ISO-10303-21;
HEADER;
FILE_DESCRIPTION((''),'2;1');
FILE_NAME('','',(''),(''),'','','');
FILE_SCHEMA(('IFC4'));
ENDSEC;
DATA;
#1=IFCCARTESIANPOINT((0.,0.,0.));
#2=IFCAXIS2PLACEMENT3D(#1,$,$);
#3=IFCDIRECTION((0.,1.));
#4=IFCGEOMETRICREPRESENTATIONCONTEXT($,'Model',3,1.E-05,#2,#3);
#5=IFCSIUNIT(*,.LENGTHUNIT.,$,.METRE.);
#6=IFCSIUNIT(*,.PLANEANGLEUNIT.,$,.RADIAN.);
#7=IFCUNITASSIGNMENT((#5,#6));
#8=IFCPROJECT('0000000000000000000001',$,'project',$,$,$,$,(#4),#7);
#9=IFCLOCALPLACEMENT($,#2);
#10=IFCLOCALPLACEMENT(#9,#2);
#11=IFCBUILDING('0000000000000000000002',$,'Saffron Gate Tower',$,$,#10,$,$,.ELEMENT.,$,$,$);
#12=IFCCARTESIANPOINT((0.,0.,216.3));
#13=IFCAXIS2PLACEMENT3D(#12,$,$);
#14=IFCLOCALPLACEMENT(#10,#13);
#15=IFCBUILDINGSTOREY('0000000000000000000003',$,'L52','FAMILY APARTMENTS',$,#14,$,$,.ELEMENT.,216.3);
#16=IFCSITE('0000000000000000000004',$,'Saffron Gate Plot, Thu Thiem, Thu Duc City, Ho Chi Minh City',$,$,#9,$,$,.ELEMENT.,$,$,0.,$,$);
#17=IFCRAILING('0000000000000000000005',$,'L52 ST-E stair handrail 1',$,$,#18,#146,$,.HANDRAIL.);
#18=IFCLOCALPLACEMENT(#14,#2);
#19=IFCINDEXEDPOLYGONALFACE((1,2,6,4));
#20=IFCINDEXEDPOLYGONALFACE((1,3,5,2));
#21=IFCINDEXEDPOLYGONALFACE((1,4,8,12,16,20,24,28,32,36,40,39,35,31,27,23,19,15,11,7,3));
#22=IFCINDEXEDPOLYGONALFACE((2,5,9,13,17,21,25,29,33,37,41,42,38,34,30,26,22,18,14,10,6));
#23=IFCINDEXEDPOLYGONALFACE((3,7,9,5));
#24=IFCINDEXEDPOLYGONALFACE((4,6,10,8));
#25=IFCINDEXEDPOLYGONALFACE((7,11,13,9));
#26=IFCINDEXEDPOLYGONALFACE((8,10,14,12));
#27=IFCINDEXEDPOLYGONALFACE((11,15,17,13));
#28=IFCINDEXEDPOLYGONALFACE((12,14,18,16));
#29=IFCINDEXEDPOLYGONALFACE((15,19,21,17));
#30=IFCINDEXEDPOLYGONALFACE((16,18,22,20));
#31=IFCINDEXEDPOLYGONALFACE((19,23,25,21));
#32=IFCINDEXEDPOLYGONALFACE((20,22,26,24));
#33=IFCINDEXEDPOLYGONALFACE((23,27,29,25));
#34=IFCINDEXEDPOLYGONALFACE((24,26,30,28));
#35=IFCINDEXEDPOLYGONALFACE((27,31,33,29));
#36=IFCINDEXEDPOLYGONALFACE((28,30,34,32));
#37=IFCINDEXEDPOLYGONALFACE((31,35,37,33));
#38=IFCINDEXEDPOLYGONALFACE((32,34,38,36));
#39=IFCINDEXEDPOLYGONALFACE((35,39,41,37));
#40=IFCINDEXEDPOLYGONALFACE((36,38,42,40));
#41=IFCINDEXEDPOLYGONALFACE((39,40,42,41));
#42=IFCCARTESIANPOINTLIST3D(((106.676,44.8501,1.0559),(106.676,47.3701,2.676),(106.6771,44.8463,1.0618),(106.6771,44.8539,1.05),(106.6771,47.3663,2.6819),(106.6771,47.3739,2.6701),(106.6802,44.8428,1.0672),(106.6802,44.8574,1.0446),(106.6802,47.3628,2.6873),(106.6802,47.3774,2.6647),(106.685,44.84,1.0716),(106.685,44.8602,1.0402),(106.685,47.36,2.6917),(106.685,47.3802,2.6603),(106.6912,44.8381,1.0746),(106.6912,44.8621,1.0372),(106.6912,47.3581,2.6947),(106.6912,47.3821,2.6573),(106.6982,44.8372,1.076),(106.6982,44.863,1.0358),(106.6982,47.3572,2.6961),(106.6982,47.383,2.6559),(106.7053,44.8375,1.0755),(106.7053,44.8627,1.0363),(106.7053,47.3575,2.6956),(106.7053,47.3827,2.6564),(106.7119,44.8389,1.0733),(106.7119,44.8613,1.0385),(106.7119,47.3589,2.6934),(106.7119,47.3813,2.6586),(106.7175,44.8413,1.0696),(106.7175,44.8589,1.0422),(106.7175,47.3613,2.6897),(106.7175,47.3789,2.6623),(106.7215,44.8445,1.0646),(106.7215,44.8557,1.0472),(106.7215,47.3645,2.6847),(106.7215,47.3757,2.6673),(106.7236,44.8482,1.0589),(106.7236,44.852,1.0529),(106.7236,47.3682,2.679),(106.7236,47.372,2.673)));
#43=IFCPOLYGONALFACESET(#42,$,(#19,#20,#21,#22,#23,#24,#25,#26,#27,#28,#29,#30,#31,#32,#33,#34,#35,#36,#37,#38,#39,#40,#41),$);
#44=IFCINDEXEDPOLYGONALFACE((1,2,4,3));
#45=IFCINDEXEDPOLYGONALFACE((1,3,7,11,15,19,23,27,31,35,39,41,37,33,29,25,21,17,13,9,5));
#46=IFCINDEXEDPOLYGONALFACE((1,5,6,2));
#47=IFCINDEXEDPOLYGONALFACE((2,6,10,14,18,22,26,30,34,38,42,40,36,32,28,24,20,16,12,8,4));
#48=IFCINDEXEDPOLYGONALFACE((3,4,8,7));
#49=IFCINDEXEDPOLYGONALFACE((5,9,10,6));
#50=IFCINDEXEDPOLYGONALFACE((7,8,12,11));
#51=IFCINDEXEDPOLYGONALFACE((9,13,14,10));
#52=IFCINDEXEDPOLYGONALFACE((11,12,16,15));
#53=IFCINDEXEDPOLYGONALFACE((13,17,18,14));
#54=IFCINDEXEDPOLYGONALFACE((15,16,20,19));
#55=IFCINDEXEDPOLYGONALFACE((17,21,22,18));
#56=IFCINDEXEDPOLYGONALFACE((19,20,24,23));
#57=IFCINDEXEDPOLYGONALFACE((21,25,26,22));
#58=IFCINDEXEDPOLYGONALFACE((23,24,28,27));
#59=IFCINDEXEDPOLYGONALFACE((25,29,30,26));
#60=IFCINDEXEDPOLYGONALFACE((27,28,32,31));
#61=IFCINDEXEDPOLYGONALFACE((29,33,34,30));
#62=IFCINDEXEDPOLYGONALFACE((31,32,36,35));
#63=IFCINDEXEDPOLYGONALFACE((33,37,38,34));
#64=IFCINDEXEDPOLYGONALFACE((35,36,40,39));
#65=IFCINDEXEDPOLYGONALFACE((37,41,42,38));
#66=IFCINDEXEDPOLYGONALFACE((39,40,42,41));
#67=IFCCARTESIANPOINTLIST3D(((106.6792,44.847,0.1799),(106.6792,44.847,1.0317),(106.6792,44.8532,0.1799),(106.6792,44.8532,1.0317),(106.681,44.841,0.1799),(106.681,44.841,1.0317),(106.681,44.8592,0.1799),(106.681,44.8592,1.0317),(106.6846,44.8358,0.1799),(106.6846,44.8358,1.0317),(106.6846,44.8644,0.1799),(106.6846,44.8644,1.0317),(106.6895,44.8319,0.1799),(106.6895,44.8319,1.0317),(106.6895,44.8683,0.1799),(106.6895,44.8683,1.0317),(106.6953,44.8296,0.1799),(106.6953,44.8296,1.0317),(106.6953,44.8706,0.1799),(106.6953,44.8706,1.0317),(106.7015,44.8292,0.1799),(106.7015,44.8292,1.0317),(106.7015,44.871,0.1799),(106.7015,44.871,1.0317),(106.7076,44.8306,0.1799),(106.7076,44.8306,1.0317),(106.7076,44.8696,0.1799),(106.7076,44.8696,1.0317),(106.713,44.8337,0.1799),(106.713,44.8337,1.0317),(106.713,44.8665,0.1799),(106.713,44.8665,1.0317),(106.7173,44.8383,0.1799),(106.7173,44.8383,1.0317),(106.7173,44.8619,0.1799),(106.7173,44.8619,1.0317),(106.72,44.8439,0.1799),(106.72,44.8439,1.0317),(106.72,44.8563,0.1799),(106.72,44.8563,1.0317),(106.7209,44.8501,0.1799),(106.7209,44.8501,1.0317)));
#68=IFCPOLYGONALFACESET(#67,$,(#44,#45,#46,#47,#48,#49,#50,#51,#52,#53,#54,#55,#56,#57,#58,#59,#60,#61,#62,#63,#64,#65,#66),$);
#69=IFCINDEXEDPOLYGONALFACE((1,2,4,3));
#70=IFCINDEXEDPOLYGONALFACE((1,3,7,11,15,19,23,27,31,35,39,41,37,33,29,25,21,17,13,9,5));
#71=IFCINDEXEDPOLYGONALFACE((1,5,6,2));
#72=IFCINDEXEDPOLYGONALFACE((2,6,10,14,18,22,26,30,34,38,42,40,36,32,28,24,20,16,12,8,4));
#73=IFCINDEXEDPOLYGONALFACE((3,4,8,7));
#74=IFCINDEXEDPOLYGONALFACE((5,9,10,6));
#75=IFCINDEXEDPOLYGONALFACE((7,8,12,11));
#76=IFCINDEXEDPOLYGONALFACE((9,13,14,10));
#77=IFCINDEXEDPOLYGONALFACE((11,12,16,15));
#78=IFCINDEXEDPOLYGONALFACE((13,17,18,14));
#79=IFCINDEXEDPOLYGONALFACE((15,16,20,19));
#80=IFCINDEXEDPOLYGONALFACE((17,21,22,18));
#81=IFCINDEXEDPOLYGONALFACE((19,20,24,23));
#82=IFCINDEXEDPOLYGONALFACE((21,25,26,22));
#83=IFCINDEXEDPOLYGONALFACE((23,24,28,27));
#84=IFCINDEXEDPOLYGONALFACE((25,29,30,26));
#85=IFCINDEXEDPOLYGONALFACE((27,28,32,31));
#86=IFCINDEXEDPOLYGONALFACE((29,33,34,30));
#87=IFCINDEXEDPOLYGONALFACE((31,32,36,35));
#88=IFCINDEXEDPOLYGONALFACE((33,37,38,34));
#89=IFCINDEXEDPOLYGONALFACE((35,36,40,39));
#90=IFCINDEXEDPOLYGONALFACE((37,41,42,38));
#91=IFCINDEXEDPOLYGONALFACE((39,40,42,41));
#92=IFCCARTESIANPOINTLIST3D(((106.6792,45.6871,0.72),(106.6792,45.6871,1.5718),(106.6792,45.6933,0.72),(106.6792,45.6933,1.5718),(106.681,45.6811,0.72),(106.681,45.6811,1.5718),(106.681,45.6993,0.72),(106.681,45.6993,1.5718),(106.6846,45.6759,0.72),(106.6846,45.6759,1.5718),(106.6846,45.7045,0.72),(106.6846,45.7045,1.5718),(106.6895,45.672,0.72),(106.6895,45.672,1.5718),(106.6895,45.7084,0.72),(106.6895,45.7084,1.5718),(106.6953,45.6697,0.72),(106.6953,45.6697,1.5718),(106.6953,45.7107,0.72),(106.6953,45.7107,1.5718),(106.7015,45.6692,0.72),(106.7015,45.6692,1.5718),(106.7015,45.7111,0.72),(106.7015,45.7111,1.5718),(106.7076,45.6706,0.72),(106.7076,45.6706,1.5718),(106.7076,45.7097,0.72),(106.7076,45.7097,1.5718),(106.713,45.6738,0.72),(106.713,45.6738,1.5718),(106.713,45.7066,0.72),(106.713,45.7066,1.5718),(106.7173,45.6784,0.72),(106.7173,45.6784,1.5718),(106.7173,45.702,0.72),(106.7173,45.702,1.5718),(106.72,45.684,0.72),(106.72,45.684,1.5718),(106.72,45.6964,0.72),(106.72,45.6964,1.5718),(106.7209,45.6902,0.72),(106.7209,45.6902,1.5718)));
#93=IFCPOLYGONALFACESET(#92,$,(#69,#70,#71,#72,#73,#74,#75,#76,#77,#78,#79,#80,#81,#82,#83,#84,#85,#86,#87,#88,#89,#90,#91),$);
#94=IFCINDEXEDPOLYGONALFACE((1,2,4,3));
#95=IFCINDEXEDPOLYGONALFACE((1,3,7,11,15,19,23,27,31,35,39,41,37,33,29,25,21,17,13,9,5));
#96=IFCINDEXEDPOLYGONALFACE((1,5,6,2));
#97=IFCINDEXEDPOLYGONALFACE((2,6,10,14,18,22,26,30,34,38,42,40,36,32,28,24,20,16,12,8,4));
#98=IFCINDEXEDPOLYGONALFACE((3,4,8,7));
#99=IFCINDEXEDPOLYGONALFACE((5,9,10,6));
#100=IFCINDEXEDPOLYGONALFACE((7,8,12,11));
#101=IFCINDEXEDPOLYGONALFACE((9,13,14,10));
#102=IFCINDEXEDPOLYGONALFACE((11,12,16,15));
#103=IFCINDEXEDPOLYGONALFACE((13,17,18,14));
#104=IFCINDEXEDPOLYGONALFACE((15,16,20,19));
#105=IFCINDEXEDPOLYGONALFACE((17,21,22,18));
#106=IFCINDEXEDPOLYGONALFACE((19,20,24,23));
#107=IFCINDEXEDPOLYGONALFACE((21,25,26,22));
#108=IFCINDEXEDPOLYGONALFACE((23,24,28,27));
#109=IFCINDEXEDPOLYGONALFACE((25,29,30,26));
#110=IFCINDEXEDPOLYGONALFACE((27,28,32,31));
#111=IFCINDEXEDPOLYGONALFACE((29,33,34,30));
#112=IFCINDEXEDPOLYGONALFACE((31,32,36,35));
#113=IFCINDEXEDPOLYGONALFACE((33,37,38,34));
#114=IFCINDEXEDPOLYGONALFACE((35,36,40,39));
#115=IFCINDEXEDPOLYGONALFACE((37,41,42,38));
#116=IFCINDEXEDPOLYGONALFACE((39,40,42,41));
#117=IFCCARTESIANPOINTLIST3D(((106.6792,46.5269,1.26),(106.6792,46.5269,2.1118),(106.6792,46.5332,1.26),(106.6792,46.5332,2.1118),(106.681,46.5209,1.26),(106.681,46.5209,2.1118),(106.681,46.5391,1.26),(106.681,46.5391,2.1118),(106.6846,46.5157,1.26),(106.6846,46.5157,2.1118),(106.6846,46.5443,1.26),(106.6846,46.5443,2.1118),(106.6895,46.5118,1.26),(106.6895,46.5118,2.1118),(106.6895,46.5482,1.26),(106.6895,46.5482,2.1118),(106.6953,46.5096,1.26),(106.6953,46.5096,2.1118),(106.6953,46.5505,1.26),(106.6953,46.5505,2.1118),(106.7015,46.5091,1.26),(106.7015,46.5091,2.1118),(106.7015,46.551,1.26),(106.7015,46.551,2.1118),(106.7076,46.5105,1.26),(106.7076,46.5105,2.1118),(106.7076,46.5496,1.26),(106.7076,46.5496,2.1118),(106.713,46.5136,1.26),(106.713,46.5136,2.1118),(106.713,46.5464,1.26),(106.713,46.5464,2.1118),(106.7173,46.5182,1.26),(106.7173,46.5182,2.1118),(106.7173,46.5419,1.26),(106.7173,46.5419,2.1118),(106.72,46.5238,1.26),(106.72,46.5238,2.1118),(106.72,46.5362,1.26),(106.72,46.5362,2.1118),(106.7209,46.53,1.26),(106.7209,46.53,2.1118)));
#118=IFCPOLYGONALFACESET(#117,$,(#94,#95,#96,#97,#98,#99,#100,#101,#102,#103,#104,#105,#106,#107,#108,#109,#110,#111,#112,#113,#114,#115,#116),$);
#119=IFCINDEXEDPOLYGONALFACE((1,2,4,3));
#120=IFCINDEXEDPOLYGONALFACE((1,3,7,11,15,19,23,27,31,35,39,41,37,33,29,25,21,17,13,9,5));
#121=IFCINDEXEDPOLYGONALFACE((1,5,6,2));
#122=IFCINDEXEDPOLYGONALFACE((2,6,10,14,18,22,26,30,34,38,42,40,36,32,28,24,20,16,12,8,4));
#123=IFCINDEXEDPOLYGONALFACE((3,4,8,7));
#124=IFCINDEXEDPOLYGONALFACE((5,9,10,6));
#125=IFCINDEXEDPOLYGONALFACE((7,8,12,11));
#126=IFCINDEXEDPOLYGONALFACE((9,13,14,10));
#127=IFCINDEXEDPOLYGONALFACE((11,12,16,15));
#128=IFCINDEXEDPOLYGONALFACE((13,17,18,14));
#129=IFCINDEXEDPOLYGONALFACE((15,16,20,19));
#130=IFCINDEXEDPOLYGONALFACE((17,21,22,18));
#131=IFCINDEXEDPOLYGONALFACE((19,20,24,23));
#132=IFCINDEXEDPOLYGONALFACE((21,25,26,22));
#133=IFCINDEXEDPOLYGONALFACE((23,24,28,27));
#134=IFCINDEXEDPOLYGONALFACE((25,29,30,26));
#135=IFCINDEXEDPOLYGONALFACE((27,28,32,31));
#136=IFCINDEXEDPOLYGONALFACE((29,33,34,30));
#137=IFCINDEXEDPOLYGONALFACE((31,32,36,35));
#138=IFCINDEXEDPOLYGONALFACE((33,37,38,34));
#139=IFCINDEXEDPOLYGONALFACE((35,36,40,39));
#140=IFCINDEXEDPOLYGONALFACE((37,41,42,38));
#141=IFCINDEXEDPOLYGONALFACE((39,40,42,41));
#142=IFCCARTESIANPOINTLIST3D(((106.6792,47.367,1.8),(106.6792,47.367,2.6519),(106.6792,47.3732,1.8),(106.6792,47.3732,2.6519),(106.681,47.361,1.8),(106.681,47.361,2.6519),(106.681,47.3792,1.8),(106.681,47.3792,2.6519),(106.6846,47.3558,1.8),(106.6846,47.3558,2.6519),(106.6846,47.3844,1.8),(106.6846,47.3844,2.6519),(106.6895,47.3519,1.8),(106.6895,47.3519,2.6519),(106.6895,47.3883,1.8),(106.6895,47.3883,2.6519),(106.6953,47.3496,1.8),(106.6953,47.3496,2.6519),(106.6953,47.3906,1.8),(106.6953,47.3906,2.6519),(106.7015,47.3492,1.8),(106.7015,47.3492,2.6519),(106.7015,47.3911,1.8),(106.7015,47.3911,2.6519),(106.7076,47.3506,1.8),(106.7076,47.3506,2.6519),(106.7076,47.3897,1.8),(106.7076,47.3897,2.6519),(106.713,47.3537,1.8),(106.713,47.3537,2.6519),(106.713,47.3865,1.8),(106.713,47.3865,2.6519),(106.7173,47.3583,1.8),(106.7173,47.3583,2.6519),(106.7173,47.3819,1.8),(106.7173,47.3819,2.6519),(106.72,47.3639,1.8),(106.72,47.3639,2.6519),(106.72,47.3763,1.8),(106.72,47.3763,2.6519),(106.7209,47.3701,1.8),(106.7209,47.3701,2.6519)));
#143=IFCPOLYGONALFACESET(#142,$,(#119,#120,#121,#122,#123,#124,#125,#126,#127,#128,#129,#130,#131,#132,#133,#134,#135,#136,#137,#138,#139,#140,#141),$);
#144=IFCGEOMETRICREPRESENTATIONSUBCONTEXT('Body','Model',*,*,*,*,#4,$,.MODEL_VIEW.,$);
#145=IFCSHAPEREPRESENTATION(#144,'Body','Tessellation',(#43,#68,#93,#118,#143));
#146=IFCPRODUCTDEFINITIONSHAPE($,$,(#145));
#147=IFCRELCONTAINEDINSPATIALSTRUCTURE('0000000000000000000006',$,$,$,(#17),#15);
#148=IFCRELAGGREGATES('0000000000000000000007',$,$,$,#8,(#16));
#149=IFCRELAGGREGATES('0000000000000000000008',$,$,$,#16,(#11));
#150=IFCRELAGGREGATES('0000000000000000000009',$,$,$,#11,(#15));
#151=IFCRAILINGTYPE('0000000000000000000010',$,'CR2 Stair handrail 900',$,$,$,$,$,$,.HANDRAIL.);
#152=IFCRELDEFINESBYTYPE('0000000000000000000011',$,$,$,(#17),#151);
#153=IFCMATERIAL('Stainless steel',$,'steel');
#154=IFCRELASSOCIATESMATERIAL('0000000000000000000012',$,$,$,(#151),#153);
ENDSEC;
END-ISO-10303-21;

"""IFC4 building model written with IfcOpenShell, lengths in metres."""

from ifc_helpers import new_model, si_unit, direction, frame, origin, origin_2d, place, context, subcontext, project, spatial, circle, extrude, material, type_object, element, save


model = new_model("IFC4")

# Units and contexts
model_context = context("Model", 3, precision=1e-05, world=origin(), true_north=direction((0.0, 1.0)))
body_context = subcontext(model_context, "Body", "Model", "MODEL_VIEW")
ifc_project = project(units=[si_unit("LENGTHUNIT", "METRE"), si_unit("PLANEANGLEUNIT", "RADIAN")], contexts=[model_context])

# Site, building, storey
site_placement = place(None, origin())
site = spatial("IfcSite", under=ifc_project, at=site_placement, Name="Saffron Gate Plot, Thu Thiem, Thu Duc City, Ho Chi Minh City", CompositionType="ELEMENT", RefElevation=0.0)
building_placement = place(site_placement, origin())
building = spatial("IfcBuilding", under=site, at=building_placement, Name="Saffron Gate Tower", CompositionType="ELEMENT")
storey_placement = place(building_placement, frame((0.0, 0.0, 216.3)))
storey = spatial("IfcBuildingStorey", under=building, at=storey_placement, Name="L52", Description="FAMILY APARTMENTS", CompositionType="ELEMENT", Elevation=216.3)

# Railing
ifc_material_1 = material(Name="Stainless steel", Category="steel")
railing_type_1 = type_object("IfcRailingType", Name="CR2 Stair handrail 900", PredefinedType="HANDRAIL", material=ifc_material_1)
railing_1_placement = place(storey_placement, frame((106.7, 44.8501, 0.1799)))
element("IfcRailing", 1, at=railing_1_placement, inside=storey, type_object=railing_type_1, Name="L52 ST-E stair handrail 1", PredefinedType="HANDRAIL", context=body_context, shape_type="SweptSolid", body=[
    extrude(circle(Radius=0.0239, at=origin_2d()), frame((0.0, 0.0, 0.876), z_axis=(0.0, 0.841163, 0.540782), x_axis=(-1.0, 0.0, 0.0)), (0.0, 0.0, 1.0), 2.9958),
    extrude(circle(Radius=0.021, at=origin_2d()), origin(), (0.0, 0.0, 1.0), 0.8518),
    extrude(circle(Radius=0.021, at=origin_2d()), frame((0.0, 0.8401, 0.54)), (0.0, 0.0, 1.0), 0.8518),
    extrude(circle(Radius=0.021, at=origin_2d()), frame((0.0, 1.6799, 1.0801)), (0.0, 0.0, 1.0), 0.8518),
    extrude(circle(Radius=0.021, at=origin_2d()), frame((0.0, 2.52, 1.6201)), (0.0, 0.0, 1.0), 0.8518),
])

save(model, "model.ifc")
